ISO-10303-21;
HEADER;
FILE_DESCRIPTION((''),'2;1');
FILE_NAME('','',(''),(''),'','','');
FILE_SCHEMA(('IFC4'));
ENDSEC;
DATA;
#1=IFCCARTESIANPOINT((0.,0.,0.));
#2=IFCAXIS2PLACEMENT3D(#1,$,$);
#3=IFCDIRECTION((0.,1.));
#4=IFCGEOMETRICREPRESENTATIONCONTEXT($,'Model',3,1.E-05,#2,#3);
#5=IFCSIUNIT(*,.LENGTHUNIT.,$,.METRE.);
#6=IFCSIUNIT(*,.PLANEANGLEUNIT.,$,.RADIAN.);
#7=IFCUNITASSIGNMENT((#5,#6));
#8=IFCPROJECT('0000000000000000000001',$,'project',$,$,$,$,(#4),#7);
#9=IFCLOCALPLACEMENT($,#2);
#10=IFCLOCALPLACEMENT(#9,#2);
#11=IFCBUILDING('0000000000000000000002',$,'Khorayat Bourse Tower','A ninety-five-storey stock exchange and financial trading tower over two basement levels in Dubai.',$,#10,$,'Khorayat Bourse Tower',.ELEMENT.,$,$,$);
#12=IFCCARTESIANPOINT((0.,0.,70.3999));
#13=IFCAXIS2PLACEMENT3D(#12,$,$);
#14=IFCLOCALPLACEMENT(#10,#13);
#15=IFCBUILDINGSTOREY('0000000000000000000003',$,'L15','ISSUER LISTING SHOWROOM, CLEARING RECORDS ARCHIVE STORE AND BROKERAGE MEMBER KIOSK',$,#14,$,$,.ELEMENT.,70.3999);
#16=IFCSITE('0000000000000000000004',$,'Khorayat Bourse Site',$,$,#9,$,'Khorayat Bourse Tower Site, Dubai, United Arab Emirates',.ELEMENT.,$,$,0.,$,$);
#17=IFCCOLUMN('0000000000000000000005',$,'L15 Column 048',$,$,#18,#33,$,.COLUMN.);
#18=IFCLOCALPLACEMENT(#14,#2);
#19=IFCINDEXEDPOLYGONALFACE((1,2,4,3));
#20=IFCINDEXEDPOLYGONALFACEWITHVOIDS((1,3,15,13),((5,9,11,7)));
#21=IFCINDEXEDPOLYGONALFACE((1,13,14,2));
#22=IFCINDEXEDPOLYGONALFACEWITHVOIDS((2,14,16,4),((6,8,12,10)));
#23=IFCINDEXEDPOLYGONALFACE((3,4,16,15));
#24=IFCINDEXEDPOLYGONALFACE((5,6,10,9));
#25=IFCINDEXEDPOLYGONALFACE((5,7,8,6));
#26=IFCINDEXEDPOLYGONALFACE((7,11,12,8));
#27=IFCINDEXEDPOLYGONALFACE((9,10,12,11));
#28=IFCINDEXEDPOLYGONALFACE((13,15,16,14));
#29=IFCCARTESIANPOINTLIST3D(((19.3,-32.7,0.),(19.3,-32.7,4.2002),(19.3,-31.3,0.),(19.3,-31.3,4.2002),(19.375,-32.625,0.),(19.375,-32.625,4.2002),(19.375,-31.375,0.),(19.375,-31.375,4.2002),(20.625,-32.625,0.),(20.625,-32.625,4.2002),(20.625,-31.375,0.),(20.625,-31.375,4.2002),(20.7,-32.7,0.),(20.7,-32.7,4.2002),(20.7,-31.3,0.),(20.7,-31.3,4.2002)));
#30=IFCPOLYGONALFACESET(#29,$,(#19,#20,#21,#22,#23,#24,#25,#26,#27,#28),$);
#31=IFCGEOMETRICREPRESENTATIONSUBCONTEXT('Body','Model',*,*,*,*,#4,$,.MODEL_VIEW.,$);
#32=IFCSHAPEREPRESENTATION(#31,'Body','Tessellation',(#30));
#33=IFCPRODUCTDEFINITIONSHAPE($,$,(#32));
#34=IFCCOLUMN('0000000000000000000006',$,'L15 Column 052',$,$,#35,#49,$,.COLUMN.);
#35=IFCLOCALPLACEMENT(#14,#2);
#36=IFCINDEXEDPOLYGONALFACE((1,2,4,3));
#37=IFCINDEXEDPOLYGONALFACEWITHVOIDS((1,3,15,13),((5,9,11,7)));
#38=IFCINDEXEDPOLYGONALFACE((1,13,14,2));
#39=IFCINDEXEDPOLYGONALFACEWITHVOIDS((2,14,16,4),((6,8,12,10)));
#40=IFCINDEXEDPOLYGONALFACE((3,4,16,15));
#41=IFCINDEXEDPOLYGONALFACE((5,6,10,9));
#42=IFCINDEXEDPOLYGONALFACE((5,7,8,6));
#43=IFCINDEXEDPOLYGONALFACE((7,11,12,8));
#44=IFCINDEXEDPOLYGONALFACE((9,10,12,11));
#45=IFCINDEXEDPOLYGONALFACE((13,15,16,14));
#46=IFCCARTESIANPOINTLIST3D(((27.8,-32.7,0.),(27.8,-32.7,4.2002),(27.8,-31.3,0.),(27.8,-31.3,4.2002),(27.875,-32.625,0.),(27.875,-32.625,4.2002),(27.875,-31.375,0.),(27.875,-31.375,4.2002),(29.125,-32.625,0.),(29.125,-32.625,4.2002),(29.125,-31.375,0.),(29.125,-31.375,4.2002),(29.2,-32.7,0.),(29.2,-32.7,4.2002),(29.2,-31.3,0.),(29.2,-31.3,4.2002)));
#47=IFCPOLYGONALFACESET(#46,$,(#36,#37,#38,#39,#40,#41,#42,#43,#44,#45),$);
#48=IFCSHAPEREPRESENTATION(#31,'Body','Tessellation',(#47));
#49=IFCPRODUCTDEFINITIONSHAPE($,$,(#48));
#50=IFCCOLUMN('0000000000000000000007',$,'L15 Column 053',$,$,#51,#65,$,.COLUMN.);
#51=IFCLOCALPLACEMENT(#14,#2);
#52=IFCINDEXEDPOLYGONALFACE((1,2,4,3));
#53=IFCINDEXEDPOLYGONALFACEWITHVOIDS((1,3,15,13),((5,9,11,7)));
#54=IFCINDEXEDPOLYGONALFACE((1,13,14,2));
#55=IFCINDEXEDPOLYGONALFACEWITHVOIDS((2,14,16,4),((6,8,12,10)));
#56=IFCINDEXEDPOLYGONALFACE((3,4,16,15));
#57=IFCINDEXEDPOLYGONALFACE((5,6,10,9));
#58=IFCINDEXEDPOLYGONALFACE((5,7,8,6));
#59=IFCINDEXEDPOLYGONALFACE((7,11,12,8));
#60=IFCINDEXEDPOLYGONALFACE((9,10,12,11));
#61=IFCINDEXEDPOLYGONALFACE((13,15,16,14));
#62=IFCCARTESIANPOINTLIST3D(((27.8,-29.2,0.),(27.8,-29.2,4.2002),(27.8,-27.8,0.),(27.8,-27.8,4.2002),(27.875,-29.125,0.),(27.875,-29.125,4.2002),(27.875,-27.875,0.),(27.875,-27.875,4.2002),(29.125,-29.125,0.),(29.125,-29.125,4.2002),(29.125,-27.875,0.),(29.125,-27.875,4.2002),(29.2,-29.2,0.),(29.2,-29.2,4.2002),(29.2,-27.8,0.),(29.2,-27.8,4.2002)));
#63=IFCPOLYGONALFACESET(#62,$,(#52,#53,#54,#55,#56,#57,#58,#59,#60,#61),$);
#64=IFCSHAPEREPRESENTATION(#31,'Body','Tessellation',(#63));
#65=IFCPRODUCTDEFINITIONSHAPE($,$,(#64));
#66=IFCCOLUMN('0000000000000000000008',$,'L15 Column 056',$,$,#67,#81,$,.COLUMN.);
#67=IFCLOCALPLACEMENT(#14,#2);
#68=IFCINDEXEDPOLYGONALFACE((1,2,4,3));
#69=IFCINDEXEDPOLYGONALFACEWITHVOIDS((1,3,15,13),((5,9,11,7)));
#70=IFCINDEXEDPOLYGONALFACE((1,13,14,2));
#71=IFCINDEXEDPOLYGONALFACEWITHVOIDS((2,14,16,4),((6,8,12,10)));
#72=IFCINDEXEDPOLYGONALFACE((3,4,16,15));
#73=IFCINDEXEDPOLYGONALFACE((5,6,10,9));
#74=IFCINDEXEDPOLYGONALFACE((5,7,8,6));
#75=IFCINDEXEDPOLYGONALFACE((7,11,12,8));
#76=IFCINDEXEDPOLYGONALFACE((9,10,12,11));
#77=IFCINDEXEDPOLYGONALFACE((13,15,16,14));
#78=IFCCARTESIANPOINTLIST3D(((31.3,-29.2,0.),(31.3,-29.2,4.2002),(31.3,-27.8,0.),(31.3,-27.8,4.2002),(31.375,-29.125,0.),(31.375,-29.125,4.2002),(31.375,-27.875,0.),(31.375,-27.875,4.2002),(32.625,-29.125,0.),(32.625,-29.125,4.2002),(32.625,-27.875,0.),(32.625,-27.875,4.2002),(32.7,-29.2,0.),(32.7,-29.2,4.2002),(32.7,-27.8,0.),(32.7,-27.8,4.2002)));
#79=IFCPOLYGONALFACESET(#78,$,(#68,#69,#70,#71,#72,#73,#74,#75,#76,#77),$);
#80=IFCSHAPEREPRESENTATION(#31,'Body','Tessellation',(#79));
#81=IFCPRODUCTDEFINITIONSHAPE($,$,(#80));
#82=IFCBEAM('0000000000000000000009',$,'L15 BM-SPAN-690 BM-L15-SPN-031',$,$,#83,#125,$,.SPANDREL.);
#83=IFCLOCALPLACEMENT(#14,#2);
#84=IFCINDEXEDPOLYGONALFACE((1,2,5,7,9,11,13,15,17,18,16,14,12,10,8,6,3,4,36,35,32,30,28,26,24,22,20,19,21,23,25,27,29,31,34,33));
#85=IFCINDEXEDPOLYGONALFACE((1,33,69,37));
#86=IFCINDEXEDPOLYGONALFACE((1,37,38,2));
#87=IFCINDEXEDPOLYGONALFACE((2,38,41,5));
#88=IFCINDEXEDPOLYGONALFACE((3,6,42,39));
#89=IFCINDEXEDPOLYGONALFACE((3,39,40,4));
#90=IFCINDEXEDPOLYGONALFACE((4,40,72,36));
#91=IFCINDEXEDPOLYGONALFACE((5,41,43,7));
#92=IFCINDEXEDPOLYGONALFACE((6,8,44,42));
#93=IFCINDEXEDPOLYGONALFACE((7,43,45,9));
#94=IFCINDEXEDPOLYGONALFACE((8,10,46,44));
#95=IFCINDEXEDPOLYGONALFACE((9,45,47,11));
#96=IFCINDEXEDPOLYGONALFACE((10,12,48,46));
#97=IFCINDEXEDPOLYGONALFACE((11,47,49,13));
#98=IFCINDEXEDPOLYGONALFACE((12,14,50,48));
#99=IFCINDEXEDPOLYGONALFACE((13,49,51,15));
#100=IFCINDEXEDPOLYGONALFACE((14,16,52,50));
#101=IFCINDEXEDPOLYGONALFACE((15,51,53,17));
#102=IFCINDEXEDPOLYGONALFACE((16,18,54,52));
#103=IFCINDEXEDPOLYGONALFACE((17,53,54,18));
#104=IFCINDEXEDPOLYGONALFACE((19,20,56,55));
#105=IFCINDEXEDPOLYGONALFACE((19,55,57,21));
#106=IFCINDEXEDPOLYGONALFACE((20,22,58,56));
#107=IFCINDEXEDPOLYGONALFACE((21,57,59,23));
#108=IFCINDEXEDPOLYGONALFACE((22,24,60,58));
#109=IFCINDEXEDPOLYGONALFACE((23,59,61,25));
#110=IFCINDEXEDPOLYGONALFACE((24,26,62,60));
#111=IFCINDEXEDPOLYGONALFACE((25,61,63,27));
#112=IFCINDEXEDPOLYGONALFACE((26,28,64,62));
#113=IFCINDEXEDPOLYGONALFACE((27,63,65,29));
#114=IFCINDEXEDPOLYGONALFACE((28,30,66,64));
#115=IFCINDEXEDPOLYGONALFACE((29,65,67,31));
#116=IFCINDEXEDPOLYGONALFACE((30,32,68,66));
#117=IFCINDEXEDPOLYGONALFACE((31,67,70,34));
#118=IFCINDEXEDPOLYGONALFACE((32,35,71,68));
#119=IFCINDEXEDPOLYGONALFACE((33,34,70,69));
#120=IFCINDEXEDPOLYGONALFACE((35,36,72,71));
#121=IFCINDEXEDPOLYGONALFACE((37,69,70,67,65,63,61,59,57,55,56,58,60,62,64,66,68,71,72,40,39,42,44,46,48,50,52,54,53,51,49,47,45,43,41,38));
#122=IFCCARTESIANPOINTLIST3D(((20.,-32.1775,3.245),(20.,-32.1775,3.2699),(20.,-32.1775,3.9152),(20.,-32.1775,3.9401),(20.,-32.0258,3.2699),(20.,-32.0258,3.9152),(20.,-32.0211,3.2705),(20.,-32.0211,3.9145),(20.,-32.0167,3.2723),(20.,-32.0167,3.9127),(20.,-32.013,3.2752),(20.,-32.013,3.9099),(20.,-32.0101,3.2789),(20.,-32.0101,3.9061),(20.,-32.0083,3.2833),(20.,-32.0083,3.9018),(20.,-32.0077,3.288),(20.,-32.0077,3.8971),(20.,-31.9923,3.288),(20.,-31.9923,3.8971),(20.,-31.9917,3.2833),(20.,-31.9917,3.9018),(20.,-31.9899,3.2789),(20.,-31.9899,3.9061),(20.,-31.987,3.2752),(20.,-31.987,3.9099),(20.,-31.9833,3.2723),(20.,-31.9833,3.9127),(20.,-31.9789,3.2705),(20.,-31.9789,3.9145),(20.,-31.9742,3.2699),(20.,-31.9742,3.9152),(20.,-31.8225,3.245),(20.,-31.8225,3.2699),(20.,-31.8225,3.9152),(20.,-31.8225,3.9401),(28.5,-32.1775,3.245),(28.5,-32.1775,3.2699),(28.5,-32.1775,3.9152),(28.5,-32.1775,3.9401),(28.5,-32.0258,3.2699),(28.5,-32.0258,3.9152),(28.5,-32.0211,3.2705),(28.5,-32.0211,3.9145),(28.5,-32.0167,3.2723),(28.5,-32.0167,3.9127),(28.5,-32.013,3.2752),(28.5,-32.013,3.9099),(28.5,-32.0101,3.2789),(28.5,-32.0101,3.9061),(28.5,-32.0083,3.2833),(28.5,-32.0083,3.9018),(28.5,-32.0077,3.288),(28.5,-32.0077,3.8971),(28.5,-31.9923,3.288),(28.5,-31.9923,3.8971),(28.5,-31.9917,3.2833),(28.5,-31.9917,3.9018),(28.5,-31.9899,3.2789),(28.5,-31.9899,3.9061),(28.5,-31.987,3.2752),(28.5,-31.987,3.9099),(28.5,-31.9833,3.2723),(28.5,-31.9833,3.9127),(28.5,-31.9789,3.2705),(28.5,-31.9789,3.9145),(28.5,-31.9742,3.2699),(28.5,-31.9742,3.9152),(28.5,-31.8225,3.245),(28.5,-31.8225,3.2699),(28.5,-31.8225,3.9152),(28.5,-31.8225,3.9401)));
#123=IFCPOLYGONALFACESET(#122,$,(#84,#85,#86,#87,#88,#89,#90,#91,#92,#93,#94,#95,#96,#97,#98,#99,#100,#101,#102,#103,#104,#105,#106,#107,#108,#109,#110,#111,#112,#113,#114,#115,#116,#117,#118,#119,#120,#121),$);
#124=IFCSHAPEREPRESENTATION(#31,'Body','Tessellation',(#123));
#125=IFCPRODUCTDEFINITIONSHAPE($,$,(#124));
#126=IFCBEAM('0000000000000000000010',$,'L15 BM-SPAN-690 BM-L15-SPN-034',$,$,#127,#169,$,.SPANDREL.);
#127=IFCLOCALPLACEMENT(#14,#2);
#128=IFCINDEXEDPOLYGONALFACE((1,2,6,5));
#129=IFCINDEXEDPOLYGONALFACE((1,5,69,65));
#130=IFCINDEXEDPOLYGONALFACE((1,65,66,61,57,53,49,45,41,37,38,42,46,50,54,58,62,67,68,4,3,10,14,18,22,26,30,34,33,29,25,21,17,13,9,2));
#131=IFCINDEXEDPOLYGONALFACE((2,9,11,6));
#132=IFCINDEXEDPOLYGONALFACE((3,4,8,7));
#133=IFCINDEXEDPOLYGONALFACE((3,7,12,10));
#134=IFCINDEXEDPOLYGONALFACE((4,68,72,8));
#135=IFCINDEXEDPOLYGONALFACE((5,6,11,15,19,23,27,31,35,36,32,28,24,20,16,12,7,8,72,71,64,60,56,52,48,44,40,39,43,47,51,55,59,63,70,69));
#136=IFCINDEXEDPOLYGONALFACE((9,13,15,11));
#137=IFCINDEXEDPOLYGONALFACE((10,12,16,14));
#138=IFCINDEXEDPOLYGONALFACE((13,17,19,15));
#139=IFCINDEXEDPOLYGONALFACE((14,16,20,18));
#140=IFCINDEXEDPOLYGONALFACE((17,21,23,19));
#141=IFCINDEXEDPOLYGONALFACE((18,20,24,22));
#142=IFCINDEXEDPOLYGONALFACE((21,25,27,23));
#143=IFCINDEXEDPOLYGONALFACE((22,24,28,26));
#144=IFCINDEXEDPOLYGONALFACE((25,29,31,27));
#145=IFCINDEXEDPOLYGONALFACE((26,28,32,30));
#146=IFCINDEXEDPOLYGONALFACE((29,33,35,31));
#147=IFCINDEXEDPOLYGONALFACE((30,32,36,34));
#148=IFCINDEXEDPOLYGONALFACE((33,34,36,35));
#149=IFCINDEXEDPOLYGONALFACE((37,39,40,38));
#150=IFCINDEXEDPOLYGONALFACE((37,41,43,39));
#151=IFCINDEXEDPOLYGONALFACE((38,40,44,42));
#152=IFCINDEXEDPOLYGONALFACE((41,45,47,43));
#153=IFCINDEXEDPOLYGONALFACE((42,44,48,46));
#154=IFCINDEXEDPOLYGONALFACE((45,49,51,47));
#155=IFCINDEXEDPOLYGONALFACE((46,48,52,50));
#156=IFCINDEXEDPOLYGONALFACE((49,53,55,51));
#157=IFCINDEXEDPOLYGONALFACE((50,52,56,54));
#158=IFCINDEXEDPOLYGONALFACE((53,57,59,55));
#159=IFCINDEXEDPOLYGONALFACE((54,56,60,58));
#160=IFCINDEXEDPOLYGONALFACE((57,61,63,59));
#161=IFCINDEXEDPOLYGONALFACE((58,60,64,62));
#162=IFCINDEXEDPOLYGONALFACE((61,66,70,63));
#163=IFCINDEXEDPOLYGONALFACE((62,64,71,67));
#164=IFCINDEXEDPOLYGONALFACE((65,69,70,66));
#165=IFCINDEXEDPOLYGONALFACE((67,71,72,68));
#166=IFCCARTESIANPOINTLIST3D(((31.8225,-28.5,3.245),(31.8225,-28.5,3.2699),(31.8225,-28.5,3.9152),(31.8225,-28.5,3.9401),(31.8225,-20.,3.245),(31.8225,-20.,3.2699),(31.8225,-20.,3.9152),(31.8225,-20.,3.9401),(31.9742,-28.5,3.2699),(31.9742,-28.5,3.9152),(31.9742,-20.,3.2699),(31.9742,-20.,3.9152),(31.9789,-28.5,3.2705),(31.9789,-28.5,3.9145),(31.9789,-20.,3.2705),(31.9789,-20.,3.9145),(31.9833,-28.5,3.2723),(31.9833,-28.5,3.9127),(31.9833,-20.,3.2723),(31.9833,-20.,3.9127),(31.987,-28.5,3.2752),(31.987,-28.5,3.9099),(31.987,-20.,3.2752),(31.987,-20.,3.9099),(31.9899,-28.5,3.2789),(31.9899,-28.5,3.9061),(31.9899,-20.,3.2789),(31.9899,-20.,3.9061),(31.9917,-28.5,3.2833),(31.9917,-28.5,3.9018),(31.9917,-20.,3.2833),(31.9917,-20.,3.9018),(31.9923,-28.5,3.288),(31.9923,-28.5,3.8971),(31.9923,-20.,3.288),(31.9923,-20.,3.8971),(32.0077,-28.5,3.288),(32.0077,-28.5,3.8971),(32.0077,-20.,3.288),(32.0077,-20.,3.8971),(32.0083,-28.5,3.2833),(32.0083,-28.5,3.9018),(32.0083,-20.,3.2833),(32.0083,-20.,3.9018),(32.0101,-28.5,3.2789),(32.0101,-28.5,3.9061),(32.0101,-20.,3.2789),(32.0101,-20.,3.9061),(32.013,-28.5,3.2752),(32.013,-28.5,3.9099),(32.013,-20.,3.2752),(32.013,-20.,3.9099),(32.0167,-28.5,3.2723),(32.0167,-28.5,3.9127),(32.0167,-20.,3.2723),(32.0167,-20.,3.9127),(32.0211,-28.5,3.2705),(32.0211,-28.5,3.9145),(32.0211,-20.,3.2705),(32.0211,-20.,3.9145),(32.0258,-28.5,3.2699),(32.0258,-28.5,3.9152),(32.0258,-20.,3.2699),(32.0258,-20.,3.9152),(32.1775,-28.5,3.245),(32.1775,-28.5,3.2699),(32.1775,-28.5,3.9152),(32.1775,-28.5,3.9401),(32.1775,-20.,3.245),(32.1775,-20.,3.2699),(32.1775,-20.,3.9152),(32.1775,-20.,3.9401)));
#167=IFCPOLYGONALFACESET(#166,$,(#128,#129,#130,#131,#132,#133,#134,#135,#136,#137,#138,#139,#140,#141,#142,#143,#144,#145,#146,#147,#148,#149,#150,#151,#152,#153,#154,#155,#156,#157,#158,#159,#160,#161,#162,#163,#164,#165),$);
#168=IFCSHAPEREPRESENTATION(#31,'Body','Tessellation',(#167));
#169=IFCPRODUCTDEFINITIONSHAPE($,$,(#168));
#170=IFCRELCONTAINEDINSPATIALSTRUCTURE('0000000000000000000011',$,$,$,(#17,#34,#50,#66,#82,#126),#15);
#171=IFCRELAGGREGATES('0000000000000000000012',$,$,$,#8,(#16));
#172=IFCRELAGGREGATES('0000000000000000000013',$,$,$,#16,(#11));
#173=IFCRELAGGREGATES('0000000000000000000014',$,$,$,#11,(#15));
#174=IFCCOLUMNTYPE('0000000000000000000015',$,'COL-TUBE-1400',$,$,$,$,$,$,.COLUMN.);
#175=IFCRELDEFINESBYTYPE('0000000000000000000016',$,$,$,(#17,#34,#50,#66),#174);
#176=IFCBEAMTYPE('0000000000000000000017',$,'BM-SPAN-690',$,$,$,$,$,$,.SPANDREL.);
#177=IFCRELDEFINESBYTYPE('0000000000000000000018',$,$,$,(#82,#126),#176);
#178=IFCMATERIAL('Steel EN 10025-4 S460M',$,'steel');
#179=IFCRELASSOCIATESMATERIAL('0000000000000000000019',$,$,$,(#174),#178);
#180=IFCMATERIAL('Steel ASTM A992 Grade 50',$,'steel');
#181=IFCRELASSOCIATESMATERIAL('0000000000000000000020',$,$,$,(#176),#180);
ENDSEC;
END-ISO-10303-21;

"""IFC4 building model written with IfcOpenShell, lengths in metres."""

from ifc_helpers import new_model, si_unit, direction, frame, origin, origin_2d, place, context, subcontext, project, spatial, hollow_rectangle, i_section, extrude, source, transform, mapped, material, material_profile, profile_set, type_object, element, save


model = new_model("IFC4")

# Units and contexts
model_context = context("Model", 3, precision=1e-05, world=origin(), true_north=direction((0.0, 1.0)))
body_context = subcontext(model_context, "Body", "Model", "MODEL_VIEW")
ifc_project = project(units=[si_unit("LENGTHUNIT", "METRE"), si_unit("PLANEANGLEUNIT", "RADIAN")], contexts=[model_context])

# Site, building, storey
site_placement = place(None, origin())
site = spatial("IfcSite", under=ifc_project, at=site_placement, Name="Khorayat Bourse Site", LongName="Khorayat Bourse Tower Site, Dubai, United Arab Emirates", CompositionType="ELEMENT", RefElevation=0.0)
building_placement = place(site_placement, origin())
building = spatial("IfcBuilding", under=site, at=building_placement, Name="Khorayat Bourse Tower", Description="A ninety-five-storey stock exchange and financial trading tower over two basement levels in Dubai.", LongName="Khorayat Bourse Tower", CompositionType="ELEMENT")
storey_placement = place(building_placement, frame((0.0, 0.0, 70.3999)))
storey = spatial("IfcBuildingStorey", under=building, at=storey_placement, Name="L15", Description="ISSUER LISTING SHOWROOM, CLEARING RECORDS ARCHIVE STORE AND BROKERAGE MEMBER KIOSK", CompositionType="ELEMENT", Elevation=70.3999)

# Columns
ifc_material_1 = material(Name="Steel EN 10025-4 S460M", Category="steel")
ifc_material_profile_1 = material_profile(ifc_material_1, hollow_rectangle(XDim=1.3999, YDim=1.3999, WallThickness=0.075, at=origin_2d()), Name="BOX 1400x1400x75")
ifc_profile_set_1 = profile_set([ifc_material_profile_1], Name="Steel EN 10025-4 S460M")
column_type = type_object("IfcColumnType", Name="COL-TUBE-1400", PredefinedType="COLUMN", material=ifc_profile_set_1)
shared_shape_1 = source(origin(), body_context, "Body", "SweptSolid", [
    extrude(hollow_rectangle(XDim=1.3999, YDim=1.3999, WallThickness=0.075, at=origin_2d()), origin(), (0.0, 0.0, 1.0), 4.2002),
])
for number, where, z_axis, x_axis, name in (
    (1, (20.0, -32.0, 0.0), (0.0, 0.0, 1.0), (1.0, 0.0, 0.0), "L15 Column 048"),
    (2, (28.5, -32.0, 0.0), (0.0, 0.0, 1.0), (1.0, 0.0, 0.0), "L15 Column 052"),
    (3, (28.5, -28.5, 0.0), (0.0, 0.0, 1.0), (1.0, 0.0, 0.0), "L15 Column 053"),
    (4, (32.0, -28.5, 0.0), (0.0, 0.0, 1.0), (1.0, 0.0, 0.0), "L15 Column 056"),
):
    element("IfcColumn", number, at=place(storey_placement, frame(where, z_axis=z_axis, x_axis=x_axis)), inside=storey, type_object=column_type, Name=name, PredefinedType="COLUMN", context=body_context, shape_type="MappedRepresentation", body=[
        mapped(shared_shape_1, transform((0.0, 0.0, 0.0), scale=1.0)),
    ])

# Beams
ifc_material_2 = material(Name="Steel ASTM A992 Grade 50", Category="steel")
ifc_material_profile_2 = material_profile(ifc_material_2, i_section(OverallWidth=0.355, OverallDepth=0.6951, WebThickness=0.0154, FlangeThickness=0.0249, FilletRadius=0.0181, at=origin_2d()), Name="W690X217")
ifc_profile_set_2 = profile_set([ifc_material_profile_2], Name="Steel ASTM A992 Grade 50")
beam_type_1 = type_object("IfcBeamType", Name="BM-SPAN-690", PredefinedType="SPANDREL", material=ifc_profile_set_2)
shared_shape_2 = source(origin(), body_context, "Body", "SweptSolid", [
    extrude(i_section(OverallWidth=0.355, OverallDepth=0.6951, WebThickness=0.0154, FlangeThickness=0.0249, FilletRadius=0.0181, at=origin_2d()), origin(), (0.0, 0.0, 1.0), 8.5),
])
for number, where, z_axis, x_axis, name in (
    (5, (20.0, -32.0, 3.5925), (1.0, 0.0, 0.0), (0.0, 1.0, 0.0), "L15 BM-SPAN-690 BM-L15-SPN-031"),
    (6, (32.0, -28.5, 3.5925), (0.0, 1.0, 0.0), (-1.0, 0.0, 0.0), "L15 BM-SPAN-690 BM-L15-SPN-034"),
):
    element("IfcBeam", number, at=place(storey_placement, frame(where, z_axis=z_axis, x_axis=x_axis)), inside=storey, type_object=beam_type_1, Name=name, PredefinedType="SPANDREL", context=body_context, shape_type="MappedRepresentation", body=[
        mapped(shared_shape_2, transform((0.0, 0.0, 0.0), scale=1.0)),
    ])

save(model, "model.ifc")
